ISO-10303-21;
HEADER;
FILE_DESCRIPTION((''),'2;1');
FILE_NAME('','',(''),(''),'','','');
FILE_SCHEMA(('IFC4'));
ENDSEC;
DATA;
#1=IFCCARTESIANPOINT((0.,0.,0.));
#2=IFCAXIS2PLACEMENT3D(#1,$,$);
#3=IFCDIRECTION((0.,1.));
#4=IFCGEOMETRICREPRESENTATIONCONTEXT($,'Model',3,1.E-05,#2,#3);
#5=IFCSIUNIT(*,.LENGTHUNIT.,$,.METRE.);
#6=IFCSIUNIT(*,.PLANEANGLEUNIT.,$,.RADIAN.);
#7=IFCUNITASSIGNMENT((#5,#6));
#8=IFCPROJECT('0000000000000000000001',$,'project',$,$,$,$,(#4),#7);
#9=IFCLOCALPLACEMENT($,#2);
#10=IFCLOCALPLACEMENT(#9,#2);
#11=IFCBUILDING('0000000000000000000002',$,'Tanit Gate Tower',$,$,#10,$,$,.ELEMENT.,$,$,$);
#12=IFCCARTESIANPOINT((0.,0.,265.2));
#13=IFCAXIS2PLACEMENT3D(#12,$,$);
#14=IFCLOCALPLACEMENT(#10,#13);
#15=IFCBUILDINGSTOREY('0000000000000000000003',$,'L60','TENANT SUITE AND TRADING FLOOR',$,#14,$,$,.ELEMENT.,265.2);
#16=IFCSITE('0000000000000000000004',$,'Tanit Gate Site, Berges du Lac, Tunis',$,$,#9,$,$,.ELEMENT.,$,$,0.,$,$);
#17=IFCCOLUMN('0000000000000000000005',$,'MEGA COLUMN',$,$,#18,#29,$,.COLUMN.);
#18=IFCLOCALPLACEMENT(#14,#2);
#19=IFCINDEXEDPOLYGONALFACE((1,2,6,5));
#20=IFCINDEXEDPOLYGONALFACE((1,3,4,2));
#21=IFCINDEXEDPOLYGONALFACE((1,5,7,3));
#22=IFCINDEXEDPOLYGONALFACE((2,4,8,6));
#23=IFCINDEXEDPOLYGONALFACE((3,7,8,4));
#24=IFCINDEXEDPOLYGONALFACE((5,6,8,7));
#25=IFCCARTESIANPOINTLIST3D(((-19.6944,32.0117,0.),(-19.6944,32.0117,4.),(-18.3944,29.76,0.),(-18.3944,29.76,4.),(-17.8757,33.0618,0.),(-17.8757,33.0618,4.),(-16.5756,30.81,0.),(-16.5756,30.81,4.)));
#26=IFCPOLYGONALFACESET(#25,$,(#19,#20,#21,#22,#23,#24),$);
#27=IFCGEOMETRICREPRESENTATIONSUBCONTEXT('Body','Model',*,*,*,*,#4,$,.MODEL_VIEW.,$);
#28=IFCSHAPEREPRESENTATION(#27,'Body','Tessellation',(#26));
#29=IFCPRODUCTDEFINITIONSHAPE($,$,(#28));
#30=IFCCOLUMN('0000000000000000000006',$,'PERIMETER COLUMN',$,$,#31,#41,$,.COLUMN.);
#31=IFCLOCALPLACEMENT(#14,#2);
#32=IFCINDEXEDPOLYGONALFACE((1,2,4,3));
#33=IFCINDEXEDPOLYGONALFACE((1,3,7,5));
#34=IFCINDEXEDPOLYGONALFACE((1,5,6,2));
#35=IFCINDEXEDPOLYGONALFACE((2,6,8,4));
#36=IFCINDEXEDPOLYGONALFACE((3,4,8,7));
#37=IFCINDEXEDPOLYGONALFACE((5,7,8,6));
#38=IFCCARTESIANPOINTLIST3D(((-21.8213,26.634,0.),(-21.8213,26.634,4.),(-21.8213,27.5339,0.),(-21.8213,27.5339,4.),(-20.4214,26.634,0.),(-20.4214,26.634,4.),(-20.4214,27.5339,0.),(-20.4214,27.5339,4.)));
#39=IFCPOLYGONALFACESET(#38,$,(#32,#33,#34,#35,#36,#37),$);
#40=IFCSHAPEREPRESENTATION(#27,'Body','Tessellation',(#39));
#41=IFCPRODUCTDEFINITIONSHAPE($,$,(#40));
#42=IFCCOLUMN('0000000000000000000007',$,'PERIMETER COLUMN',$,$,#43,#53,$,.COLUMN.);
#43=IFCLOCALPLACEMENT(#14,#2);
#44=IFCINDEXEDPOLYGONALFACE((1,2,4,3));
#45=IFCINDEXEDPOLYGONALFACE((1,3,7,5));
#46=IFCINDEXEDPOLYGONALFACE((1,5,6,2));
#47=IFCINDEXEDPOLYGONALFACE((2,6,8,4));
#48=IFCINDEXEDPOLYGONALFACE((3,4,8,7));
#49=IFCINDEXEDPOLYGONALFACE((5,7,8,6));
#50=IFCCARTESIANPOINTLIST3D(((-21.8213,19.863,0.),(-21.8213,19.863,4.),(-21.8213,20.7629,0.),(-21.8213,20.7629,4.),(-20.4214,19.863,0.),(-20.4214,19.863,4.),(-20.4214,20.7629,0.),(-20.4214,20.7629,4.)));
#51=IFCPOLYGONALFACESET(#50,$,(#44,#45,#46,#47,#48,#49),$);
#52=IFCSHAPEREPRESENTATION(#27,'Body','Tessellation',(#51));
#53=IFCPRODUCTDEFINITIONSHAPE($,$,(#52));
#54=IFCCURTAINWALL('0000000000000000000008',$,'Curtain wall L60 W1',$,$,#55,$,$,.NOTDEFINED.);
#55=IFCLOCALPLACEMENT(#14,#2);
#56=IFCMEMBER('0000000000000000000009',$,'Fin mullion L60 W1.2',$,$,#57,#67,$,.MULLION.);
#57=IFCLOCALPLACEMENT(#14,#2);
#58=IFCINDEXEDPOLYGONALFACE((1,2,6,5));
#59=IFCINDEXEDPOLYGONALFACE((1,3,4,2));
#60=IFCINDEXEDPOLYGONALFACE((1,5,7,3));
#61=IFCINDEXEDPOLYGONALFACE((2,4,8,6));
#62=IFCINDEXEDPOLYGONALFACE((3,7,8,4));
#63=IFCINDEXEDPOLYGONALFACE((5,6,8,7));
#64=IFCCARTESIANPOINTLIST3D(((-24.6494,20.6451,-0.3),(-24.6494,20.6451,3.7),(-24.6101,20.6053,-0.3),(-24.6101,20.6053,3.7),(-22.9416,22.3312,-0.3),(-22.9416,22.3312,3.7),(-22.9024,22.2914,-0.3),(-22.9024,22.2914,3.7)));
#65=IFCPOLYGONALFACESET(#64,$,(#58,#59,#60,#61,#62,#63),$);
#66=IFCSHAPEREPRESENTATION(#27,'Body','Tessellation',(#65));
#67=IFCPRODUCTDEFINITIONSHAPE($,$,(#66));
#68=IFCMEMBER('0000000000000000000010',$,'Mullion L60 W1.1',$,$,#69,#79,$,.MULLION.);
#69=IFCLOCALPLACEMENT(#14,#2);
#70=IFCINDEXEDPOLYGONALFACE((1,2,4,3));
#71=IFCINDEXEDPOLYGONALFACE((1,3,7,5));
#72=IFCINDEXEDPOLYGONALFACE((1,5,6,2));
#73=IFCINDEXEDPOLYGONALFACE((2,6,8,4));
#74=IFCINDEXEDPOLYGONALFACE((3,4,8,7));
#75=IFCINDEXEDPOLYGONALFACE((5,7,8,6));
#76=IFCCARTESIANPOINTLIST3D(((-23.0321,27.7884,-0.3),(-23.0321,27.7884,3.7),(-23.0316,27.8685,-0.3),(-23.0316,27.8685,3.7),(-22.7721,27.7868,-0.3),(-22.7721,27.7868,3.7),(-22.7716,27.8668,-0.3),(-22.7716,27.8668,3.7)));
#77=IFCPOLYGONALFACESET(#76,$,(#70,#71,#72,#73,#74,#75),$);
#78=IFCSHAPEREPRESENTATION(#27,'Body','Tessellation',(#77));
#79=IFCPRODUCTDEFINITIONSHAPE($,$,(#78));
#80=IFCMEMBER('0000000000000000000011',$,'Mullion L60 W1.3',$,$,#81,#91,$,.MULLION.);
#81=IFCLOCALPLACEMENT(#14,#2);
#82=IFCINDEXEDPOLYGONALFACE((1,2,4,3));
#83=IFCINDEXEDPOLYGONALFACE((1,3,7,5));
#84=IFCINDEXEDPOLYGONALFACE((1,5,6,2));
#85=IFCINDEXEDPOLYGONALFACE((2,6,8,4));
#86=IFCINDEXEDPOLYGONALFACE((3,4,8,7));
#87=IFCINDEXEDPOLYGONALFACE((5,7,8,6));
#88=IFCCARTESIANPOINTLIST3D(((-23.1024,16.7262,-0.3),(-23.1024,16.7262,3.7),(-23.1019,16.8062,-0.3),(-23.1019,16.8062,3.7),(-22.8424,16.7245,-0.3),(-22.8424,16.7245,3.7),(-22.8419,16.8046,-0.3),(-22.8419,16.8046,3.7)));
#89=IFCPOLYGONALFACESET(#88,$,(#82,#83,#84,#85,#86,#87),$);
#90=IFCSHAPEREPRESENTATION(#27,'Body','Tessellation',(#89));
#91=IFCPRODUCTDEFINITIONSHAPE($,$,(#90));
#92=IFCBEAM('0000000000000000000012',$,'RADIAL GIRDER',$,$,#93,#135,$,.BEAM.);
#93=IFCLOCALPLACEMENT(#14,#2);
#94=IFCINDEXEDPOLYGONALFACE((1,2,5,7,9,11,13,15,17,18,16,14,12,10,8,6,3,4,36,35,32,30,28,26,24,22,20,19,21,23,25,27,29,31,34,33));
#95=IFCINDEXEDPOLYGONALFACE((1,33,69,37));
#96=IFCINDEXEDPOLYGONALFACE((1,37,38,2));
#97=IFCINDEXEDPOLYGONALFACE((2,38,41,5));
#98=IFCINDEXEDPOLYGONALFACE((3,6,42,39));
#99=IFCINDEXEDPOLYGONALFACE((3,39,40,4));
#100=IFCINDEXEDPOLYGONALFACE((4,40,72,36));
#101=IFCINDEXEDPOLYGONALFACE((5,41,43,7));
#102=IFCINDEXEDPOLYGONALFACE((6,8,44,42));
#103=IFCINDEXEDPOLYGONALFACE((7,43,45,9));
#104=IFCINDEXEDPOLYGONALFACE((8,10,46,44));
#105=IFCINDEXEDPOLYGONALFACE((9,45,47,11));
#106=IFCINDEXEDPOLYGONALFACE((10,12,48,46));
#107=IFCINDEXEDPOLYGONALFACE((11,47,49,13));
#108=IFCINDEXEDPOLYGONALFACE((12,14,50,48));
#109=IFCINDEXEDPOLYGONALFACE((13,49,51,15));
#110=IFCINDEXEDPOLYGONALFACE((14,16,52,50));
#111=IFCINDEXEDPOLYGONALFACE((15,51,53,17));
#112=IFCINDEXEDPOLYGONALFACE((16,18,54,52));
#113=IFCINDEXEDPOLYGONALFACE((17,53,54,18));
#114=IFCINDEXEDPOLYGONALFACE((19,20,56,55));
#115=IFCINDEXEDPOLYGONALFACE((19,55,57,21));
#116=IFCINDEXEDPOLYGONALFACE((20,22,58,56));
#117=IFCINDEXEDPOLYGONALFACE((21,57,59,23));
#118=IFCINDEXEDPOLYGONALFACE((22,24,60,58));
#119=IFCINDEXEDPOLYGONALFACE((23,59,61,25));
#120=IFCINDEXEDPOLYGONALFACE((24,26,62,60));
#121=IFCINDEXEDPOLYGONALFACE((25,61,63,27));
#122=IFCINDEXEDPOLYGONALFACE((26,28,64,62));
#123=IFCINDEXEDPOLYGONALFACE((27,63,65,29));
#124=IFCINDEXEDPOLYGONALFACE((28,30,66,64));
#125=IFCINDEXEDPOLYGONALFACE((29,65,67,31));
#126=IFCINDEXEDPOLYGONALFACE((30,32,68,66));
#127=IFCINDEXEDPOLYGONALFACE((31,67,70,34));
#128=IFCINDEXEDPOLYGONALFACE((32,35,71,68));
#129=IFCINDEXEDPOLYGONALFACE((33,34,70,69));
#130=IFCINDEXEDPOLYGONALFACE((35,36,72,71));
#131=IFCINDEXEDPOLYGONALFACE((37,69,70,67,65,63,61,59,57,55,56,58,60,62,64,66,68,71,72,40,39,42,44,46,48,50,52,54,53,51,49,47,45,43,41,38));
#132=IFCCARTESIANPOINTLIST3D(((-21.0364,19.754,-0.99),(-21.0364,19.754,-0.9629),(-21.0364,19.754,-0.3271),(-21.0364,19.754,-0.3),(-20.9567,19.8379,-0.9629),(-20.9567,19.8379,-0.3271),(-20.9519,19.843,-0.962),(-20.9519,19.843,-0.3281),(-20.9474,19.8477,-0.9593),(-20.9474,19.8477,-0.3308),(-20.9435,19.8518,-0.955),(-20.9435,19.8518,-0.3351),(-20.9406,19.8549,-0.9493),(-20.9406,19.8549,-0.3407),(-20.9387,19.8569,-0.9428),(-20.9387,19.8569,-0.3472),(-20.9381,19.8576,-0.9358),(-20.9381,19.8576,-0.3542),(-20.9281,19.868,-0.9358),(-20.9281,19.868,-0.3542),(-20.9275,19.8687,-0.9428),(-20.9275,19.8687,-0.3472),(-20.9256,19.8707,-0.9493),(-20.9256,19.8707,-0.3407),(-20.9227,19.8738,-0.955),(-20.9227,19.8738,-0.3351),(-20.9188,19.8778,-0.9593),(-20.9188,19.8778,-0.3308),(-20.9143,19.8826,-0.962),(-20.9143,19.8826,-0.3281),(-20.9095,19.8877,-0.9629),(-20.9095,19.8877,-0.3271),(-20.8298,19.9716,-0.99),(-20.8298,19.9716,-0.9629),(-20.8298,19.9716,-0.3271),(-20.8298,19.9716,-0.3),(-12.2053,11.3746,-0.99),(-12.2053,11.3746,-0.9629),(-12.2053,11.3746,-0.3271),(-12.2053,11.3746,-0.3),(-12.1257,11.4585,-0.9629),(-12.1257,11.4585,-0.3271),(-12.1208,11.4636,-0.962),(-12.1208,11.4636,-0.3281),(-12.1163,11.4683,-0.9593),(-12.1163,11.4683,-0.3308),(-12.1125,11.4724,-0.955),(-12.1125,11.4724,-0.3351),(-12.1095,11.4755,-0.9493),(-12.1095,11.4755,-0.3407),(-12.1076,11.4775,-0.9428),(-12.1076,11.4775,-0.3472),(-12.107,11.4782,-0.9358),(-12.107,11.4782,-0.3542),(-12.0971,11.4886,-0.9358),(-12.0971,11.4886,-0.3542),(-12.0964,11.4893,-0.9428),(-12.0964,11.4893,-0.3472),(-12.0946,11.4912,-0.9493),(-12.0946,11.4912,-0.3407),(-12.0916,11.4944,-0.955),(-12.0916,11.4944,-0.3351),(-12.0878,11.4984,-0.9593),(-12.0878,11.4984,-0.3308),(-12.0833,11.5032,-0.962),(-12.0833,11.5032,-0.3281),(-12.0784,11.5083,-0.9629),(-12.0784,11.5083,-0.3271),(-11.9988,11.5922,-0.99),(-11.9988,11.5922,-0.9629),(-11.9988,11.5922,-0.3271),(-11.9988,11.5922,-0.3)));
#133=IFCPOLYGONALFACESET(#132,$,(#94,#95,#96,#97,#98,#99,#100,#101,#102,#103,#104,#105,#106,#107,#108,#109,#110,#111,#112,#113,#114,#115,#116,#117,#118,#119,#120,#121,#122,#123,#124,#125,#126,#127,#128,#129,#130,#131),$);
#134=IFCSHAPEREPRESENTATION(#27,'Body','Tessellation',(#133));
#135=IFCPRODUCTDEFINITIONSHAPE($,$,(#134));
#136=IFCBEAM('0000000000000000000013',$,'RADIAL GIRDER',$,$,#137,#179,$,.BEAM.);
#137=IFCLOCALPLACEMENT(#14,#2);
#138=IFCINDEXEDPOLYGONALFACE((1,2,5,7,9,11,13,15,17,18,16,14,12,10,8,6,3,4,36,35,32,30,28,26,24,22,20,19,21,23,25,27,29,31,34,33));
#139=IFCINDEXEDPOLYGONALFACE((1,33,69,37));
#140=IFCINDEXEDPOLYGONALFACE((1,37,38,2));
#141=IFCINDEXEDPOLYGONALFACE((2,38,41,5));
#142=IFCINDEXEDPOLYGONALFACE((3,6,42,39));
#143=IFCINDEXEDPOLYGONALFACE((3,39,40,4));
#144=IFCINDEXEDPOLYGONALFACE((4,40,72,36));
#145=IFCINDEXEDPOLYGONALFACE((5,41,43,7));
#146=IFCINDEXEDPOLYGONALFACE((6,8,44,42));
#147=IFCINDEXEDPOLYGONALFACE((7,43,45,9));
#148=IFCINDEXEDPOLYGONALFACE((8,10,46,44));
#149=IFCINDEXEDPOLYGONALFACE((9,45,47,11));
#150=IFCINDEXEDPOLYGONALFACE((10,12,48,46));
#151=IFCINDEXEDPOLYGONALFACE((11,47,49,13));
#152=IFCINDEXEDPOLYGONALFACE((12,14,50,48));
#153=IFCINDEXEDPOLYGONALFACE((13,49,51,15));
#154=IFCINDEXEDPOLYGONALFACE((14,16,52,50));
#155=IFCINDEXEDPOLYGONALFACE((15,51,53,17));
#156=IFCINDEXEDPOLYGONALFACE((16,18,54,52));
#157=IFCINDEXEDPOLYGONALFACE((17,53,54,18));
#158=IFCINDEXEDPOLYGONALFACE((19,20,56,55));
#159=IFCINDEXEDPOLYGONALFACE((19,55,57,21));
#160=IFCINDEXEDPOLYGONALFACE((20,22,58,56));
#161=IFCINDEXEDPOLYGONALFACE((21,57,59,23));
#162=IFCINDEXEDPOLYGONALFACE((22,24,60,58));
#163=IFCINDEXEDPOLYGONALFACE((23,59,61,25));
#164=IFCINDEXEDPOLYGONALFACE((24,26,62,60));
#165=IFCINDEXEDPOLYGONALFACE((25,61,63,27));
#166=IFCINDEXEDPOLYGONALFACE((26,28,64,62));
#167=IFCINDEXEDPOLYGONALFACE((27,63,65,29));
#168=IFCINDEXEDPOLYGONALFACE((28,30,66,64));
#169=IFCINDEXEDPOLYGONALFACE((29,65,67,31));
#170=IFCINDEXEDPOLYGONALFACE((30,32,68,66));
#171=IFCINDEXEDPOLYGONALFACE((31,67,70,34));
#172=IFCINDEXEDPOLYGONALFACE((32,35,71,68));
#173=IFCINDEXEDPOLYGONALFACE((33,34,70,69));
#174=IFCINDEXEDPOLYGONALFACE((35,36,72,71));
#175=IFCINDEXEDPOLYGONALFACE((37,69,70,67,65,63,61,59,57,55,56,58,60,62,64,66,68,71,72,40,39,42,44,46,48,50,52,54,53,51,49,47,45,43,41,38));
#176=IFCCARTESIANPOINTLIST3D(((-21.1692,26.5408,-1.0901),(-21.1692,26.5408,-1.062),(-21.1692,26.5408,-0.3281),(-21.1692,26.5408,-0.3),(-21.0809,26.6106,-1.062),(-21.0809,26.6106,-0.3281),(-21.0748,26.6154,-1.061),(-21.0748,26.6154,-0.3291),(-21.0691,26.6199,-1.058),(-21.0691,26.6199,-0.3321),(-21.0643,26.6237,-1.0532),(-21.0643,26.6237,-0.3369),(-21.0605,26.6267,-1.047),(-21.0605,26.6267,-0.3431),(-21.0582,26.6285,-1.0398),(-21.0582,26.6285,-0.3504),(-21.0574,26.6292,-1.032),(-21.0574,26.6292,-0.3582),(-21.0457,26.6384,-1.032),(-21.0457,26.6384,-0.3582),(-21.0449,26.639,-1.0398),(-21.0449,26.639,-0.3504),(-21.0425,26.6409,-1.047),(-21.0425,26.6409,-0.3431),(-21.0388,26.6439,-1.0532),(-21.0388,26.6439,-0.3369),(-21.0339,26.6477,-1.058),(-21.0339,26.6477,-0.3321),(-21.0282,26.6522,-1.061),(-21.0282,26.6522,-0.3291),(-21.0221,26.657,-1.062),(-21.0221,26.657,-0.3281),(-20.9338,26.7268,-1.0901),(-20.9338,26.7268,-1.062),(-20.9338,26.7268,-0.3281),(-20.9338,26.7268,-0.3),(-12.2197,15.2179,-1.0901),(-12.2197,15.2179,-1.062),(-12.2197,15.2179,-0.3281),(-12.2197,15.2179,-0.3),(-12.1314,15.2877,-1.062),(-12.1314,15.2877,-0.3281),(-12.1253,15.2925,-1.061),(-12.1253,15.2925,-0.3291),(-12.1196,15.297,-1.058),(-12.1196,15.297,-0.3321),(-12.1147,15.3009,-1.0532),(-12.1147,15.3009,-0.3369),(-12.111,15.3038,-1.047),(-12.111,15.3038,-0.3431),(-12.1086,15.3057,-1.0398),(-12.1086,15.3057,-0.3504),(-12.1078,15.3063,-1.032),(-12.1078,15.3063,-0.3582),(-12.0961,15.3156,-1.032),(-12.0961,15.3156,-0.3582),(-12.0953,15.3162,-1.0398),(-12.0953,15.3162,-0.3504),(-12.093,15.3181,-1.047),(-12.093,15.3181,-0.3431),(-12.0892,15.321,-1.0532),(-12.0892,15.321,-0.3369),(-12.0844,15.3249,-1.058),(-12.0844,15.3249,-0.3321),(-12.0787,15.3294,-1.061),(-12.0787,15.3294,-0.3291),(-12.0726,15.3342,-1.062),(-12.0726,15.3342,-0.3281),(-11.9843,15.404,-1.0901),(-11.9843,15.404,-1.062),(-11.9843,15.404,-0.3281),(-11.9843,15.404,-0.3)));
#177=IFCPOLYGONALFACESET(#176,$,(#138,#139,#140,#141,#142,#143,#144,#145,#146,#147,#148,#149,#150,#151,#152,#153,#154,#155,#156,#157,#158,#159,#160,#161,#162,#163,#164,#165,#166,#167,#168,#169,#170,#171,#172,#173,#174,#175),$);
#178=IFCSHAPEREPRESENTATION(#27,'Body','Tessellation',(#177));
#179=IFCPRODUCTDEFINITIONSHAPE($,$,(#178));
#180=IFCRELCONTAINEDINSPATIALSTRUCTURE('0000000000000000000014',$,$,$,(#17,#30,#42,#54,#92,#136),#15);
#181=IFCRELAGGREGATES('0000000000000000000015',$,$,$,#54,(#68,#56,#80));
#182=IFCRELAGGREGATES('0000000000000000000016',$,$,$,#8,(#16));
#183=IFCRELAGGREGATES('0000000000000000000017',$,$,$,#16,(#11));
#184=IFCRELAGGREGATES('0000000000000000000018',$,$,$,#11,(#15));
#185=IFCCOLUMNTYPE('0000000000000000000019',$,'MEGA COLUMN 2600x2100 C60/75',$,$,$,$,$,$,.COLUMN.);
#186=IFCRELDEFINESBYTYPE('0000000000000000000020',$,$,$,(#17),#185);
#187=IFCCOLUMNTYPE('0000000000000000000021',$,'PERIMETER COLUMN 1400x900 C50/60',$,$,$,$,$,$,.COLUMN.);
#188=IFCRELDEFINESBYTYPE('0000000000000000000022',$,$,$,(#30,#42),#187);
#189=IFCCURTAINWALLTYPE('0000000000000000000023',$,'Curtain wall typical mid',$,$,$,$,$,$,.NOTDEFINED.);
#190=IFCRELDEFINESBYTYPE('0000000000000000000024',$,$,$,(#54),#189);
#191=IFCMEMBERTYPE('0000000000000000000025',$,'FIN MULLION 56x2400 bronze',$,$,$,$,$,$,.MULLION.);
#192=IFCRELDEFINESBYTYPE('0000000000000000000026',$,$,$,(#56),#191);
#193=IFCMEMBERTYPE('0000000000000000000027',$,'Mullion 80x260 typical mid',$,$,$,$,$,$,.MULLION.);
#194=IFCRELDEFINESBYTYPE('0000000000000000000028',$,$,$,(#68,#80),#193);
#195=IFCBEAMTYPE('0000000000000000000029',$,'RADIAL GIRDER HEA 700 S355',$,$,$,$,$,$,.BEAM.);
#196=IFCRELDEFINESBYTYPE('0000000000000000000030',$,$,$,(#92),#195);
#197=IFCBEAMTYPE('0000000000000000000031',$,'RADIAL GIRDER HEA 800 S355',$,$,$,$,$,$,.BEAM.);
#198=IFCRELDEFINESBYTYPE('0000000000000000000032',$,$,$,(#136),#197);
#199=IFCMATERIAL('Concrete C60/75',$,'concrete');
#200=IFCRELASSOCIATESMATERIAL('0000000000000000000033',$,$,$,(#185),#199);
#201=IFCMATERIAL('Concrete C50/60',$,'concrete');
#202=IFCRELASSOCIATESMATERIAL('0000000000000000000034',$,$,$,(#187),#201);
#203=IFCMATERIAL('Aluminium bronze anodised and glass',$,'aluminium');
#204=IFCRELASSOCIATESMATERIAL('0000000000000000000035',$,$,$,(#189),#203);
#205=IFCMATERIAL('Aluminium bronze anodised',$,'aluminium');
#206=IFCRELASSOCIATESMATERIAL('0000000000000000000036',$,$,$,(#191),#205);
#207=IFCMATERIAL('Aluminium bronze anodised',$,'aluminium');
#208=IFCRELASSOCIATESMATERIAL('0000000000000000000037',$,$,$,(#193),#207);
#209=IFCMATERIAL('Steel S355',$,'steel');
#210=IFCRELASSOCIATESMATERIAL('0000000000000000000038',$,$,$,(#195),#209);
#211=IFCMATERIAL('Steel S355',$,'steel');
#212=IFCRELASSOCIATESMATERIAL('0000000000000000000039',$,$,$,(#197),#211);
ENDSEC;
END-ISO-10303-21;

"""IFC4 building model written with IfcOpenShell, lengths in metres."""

from ifc_helpers import new_model, si_unit, direction, frame, origin, origin_2d, place, context, subcontext, project, spatial, rectangle, i_section, extrude, material, material_profile, profile_set, type_object, element, aggregate, save


model = new_model("IFC4")

# Units and contexts
model_context = context("Model", 3, precision=1e-05, world=origin(), true_north=direction((0.0, 1.0)))
body_context = subcontext(model_context, "Body", "Model", "MODEL_VIEW")
ifc_project = project(units=[si_unit("LENGTHUNIT", "METRE"), si_unit("PLANEANGLEUNIT", "RADIAN")], contexts=[model_context])

# Site, building, storey
site_placement = place(None, origin())
site = spatial("IfcSite", under=ifc_project, at=site_placement, Name="Tanit Gate Site, Berges du Lac, Tunis", CompositionType="ELEMENT", RefElevation=0.0)
building_placement = place(site_placement, origin())
building = spatial("IfcBuilding", under=site, at=building_placement, Name="Tanit Gate Tower", CompositionType="ELEMENT")
storey_placement = place(building_placement, frame((0.0, 0.0, 265.2)))
storey = spatial("IfcBuildingStorey", under=building, at=storey_placement, Name="L60", Description="TENANT SUITE AND TRADING FLOOR", CompositionType="ELEMENT", Elevation=265.2)

# Columns
ifc_material_1 = material(Name="Concrete C60/75", Category="concrete")
ifc_material_profile_1 = material_profile(ifc_material_1, rectangle(XDim=2.6001, YDim=2.1001, at=origin_2d()), Name="RC 2600x2100")
ifc_profile_set_1 = profile_set([ifc_material_profile_1], Name="Concrete C60/75")
column_type_1 = type_object("IfcColumnType", Name="MEGA COLUMN 2600x2100 C60/75", PredefinedType="COLUMN", material=ifc_profile_set_1)
column_placement = place(storey_placement, frame((-18.135, 31.4109, 0.0), z_axis=(0.0, 0.0, 1.0), x_axis=(-0.5, 0.866025, 0.0)))
element("IfcColumn", 1, at=column_placement, inside=storey, type_object=column_type_1, Name="MEGA COLUMN", PredefinedType="COLUMN", context=body_context, shape_type="SweptSolid", body=[
    extrude(rectangle(XDim=2.6001, YDim=2.1001, at=origin_2d()), origin(), (0.0, 0.0, 1.0), 4.0),
])
ifc_material_2 = material(Name="Concrete C50/60", Category="concrete")
ifc_material_profile_2 = material_profile(ifc_material_2, rectangle(XDim=1.3999, YDim=0.8999, at=origin_2d()), Name="RC 1400x900")
ifc_profile_set_2 = profile_set([ifc_material_profile_2], Name="Concrete C50/60")
column_type_2 = type_object("IfcColumnType", Name="PERIMETER COLUMN 1400x900 C50/60", PredefinedType="COLUMN", material=ifc_profile_set_2)
for number, where, z_axis, x_axis, name in (
    (2, (-21.1213, 27.084, 0.0), (0.0, 0.0, 1.0), (-1.0, 0.0, 0.0), "PERIMETER COLUMN"),
    (3, (-21.1213, 20.313, 0.0), (0.0, 0.0, 1.0), (-1.0, 0.0, 0.0), "PERIMETER COLUMN"),
):
    element("IfcColumn", number, at=place(storey_placement, frame(where, z_axis=z_axis, x_axis=x_axis)), inside=storey, type_object=column_type_2, Name=name, PredefinedType="COLUMN", context=body_context, shape_type="SweptSolid", body=[
        extrude(rectangle(XDim=1.3999, YDim=0.8999, at=origin_2d()), origin(), (0.0, 0.0, 1.0), 4.0),
    ])

# Curtain wall, members
ifc_material_3 = material(Name="Aluminium bronze anodised and glass", Category="aluminium")
curtain_wall_type = type_object("IfcCurtainWallType", Name="Curtain wall typical mid", PredefinedType="NOTDEFINED", material=ifc_material_3)
curtain_wall_placement = place(storey_placement, origin())
curtain_wall = element("IfcCurtainWall", 4, at=curtain_wall_placement, inside=storey, type_object=curtain_wall_type, Name="Curtain wall L60 W1", PredefinedType="NOTDEFINED")
ifc_material_4 = material(Name="Aluminium bronze anodised", Category="aluminium")
ifc_material_profile_3 = material_profile(ifc_material_4, rectangle(XDim=2.3999, YDim=0.0559, at=origin_2d()), Name="56x2400 bronze fin mullion")
ifc_profile_set_3 = profile_set([ifc_material_profile_3], Name="Aluminium bronze anodised")
member_type_1 = type_object("IfcMemberType", Name="FIN MULLION 56x2400 bronze", PredefinedType="MULLION", material=ifc_profile_set_3)
member_1_placement = place(storey_placement, frame((-23.7759, 21.4683, -0.3), z_axis=(0.0, 0.0, 1.0), x_axis=(0.711599, 0.702586, 0.0)))
member_1 = element("IfcMember", 5, at=member_1_placement, type_object=member_type_1, Name="Fin mullion L60 W1.2", PredefinedType="MULLION", context=body_context, shape_type="SweptSolid", body=[
    extrude(rectangle(XDim=2.3999, YDim=0.0559, at=origin_2d()), origin(), (0.0, 0.0, 1.0), 4.0),
])
ifc_material_5 = material(Name="Aluminium bronze anodised", Category="aluminium")
ifc_material_profile_4 = material_profile(ifc_material_5, rectangle(XDim=0.26, YDim=0.0801, at=origin_2d()), Name="80x260 bronze mullion")
ifc_profile_set_4 = profile_set([ifc_material_profile_4], Name="Aluminium bronze anodised")
member_type_2 = type_object("IfcMemberType", Name="Mullion 80x260 typical mid", PredefinedType="MULLION", material=ifc_profile_set_4)
member_2_placement = place(storey_placement, frame((-22.9019, 27.8276, -0.3), z_axis=(0.0, 0.0, 1.0), x_axis=(0.99998, -0.006374, 0.0)))
member_2 = element("IfcMember", 6, at=member_2_placement, type_object=member_type_2, Name="Mullion L60 W1.1", PredefinedType="MULLION", context=body_context, shape_type="SweptSolid", body=[
    extrude(rectangle(XDim=0.26, YDim=0.0801, at=origin_2d()), origin(), (0.0, 0.0, 1.0), 4.0),
])
member_3_placement = place(storey_placement, frame((-22.9722, 16.7654, -0.3), z_axis=(0.0, 0.0, 1.0), x_axis=(0.99998, -0.006374, 0.0)))
member_3 = element("IfcMember", 7, at=member_3_placement, type_object=member_type_2, Name="Mullion L60 W1.3", PredefinedType="MULLION", context=body_context, shape_type="SweptSolid", body=[
    extrude(rectangle(XDim=0.26, YDim=0.0801, at=origin_2d()), origin(), (0.0, 0.0, 1.0), 4.0),
])

# Beams
ifc_material_6 = material(Name="Steel S355", Category="steel")
ifc_material_profile_5 = material_profile(ifc_material_6, i_section(OverallWidth=0.3, OverallDepth=0.6899, WebThickness=0.0144, FlangeThickness=0.0271, FilletRadius=0.0271, at=origin_2d()), Name="HEA 700")
ifc_profile_set_5 = profile_set([ifc_material_profile_5], Name="Steel S355")
beam_type_1 = type_object("IfcBeamType", Name="RADIAL GIRDER HEA 700 S355", PredefinedType="BEAM", material=ifc_profile_set_5)
beam_1_placement = place(storey_placement, frame((-20.9331, 19.8628, -0.645), z_axis=(0.725414, -0.688313, 0.0), x_axis=(0.688313, 0.725414, 0.0)))
element("IfcBeam", 8, at=beam_1_placement, inside=storey, type_object=beam_type_1, Name="RADIAL GIRDER", PredefinedType="BEAM", context=body_context, shape_type="SweptSolid", body=[
    extrude(i_section(OverallWidth=0.3, OverallDepth=0.6899, WebThickness=0.0144, FlangeThickness=0.0271, FilletRadius=0.0271, at=origin_2d()), origin(), (0.0, 0.0, 1.0), 12.1738),
])
ifc_material_7 = material(Name="Steel S355", Category="steel")
ifc_material_profile_6 = material_profile(ifc_material_7, i_section(OverallWidth=0.3, OverallDepth=0.79, WebThickness=0.0149, FlangeThickness=0.0281, FilletRadius=0.03, at=origin_2d()), Name="HEA 800")
ifc_profile_set_6 = profile_set([ifc_material_profile_6], Name="Steel S355")
beam_type_2 = type_object("IfcBeamType", Name="RADIAL GIRDER HEA 800 S355", PredefinedType="BEAM", material=ifc_profile_set_6)
beam_2_placement = place(storey_placement, frame((-21.0515, 26.6338, -0.6951), z_axis=(0.62009, -0.784531, 0.0), x_axis=(0.784531, 0.62009, 0.0)))
element("IfcBeam", 9, at=beam_2_placement, inside=storey, type_object=beam_type_2, Name="RADIAL GIRDER", PredefinedType="BEAM", context=body_context, shape_type="SweptSolid", body=[
    extrude(i_section(OverallWidth=0.3, OverallDepth=0.79, WebThickness=0.0149, FlangeThickness=0.0281, FilletRadius=0.03, at=origin_2d()), origin(), (0.0, 0.0, 1.0), 14.4326),
])

aggregate(curtain_wall, [member_2, member_1, member_3])

save(model, "model.ifc")
